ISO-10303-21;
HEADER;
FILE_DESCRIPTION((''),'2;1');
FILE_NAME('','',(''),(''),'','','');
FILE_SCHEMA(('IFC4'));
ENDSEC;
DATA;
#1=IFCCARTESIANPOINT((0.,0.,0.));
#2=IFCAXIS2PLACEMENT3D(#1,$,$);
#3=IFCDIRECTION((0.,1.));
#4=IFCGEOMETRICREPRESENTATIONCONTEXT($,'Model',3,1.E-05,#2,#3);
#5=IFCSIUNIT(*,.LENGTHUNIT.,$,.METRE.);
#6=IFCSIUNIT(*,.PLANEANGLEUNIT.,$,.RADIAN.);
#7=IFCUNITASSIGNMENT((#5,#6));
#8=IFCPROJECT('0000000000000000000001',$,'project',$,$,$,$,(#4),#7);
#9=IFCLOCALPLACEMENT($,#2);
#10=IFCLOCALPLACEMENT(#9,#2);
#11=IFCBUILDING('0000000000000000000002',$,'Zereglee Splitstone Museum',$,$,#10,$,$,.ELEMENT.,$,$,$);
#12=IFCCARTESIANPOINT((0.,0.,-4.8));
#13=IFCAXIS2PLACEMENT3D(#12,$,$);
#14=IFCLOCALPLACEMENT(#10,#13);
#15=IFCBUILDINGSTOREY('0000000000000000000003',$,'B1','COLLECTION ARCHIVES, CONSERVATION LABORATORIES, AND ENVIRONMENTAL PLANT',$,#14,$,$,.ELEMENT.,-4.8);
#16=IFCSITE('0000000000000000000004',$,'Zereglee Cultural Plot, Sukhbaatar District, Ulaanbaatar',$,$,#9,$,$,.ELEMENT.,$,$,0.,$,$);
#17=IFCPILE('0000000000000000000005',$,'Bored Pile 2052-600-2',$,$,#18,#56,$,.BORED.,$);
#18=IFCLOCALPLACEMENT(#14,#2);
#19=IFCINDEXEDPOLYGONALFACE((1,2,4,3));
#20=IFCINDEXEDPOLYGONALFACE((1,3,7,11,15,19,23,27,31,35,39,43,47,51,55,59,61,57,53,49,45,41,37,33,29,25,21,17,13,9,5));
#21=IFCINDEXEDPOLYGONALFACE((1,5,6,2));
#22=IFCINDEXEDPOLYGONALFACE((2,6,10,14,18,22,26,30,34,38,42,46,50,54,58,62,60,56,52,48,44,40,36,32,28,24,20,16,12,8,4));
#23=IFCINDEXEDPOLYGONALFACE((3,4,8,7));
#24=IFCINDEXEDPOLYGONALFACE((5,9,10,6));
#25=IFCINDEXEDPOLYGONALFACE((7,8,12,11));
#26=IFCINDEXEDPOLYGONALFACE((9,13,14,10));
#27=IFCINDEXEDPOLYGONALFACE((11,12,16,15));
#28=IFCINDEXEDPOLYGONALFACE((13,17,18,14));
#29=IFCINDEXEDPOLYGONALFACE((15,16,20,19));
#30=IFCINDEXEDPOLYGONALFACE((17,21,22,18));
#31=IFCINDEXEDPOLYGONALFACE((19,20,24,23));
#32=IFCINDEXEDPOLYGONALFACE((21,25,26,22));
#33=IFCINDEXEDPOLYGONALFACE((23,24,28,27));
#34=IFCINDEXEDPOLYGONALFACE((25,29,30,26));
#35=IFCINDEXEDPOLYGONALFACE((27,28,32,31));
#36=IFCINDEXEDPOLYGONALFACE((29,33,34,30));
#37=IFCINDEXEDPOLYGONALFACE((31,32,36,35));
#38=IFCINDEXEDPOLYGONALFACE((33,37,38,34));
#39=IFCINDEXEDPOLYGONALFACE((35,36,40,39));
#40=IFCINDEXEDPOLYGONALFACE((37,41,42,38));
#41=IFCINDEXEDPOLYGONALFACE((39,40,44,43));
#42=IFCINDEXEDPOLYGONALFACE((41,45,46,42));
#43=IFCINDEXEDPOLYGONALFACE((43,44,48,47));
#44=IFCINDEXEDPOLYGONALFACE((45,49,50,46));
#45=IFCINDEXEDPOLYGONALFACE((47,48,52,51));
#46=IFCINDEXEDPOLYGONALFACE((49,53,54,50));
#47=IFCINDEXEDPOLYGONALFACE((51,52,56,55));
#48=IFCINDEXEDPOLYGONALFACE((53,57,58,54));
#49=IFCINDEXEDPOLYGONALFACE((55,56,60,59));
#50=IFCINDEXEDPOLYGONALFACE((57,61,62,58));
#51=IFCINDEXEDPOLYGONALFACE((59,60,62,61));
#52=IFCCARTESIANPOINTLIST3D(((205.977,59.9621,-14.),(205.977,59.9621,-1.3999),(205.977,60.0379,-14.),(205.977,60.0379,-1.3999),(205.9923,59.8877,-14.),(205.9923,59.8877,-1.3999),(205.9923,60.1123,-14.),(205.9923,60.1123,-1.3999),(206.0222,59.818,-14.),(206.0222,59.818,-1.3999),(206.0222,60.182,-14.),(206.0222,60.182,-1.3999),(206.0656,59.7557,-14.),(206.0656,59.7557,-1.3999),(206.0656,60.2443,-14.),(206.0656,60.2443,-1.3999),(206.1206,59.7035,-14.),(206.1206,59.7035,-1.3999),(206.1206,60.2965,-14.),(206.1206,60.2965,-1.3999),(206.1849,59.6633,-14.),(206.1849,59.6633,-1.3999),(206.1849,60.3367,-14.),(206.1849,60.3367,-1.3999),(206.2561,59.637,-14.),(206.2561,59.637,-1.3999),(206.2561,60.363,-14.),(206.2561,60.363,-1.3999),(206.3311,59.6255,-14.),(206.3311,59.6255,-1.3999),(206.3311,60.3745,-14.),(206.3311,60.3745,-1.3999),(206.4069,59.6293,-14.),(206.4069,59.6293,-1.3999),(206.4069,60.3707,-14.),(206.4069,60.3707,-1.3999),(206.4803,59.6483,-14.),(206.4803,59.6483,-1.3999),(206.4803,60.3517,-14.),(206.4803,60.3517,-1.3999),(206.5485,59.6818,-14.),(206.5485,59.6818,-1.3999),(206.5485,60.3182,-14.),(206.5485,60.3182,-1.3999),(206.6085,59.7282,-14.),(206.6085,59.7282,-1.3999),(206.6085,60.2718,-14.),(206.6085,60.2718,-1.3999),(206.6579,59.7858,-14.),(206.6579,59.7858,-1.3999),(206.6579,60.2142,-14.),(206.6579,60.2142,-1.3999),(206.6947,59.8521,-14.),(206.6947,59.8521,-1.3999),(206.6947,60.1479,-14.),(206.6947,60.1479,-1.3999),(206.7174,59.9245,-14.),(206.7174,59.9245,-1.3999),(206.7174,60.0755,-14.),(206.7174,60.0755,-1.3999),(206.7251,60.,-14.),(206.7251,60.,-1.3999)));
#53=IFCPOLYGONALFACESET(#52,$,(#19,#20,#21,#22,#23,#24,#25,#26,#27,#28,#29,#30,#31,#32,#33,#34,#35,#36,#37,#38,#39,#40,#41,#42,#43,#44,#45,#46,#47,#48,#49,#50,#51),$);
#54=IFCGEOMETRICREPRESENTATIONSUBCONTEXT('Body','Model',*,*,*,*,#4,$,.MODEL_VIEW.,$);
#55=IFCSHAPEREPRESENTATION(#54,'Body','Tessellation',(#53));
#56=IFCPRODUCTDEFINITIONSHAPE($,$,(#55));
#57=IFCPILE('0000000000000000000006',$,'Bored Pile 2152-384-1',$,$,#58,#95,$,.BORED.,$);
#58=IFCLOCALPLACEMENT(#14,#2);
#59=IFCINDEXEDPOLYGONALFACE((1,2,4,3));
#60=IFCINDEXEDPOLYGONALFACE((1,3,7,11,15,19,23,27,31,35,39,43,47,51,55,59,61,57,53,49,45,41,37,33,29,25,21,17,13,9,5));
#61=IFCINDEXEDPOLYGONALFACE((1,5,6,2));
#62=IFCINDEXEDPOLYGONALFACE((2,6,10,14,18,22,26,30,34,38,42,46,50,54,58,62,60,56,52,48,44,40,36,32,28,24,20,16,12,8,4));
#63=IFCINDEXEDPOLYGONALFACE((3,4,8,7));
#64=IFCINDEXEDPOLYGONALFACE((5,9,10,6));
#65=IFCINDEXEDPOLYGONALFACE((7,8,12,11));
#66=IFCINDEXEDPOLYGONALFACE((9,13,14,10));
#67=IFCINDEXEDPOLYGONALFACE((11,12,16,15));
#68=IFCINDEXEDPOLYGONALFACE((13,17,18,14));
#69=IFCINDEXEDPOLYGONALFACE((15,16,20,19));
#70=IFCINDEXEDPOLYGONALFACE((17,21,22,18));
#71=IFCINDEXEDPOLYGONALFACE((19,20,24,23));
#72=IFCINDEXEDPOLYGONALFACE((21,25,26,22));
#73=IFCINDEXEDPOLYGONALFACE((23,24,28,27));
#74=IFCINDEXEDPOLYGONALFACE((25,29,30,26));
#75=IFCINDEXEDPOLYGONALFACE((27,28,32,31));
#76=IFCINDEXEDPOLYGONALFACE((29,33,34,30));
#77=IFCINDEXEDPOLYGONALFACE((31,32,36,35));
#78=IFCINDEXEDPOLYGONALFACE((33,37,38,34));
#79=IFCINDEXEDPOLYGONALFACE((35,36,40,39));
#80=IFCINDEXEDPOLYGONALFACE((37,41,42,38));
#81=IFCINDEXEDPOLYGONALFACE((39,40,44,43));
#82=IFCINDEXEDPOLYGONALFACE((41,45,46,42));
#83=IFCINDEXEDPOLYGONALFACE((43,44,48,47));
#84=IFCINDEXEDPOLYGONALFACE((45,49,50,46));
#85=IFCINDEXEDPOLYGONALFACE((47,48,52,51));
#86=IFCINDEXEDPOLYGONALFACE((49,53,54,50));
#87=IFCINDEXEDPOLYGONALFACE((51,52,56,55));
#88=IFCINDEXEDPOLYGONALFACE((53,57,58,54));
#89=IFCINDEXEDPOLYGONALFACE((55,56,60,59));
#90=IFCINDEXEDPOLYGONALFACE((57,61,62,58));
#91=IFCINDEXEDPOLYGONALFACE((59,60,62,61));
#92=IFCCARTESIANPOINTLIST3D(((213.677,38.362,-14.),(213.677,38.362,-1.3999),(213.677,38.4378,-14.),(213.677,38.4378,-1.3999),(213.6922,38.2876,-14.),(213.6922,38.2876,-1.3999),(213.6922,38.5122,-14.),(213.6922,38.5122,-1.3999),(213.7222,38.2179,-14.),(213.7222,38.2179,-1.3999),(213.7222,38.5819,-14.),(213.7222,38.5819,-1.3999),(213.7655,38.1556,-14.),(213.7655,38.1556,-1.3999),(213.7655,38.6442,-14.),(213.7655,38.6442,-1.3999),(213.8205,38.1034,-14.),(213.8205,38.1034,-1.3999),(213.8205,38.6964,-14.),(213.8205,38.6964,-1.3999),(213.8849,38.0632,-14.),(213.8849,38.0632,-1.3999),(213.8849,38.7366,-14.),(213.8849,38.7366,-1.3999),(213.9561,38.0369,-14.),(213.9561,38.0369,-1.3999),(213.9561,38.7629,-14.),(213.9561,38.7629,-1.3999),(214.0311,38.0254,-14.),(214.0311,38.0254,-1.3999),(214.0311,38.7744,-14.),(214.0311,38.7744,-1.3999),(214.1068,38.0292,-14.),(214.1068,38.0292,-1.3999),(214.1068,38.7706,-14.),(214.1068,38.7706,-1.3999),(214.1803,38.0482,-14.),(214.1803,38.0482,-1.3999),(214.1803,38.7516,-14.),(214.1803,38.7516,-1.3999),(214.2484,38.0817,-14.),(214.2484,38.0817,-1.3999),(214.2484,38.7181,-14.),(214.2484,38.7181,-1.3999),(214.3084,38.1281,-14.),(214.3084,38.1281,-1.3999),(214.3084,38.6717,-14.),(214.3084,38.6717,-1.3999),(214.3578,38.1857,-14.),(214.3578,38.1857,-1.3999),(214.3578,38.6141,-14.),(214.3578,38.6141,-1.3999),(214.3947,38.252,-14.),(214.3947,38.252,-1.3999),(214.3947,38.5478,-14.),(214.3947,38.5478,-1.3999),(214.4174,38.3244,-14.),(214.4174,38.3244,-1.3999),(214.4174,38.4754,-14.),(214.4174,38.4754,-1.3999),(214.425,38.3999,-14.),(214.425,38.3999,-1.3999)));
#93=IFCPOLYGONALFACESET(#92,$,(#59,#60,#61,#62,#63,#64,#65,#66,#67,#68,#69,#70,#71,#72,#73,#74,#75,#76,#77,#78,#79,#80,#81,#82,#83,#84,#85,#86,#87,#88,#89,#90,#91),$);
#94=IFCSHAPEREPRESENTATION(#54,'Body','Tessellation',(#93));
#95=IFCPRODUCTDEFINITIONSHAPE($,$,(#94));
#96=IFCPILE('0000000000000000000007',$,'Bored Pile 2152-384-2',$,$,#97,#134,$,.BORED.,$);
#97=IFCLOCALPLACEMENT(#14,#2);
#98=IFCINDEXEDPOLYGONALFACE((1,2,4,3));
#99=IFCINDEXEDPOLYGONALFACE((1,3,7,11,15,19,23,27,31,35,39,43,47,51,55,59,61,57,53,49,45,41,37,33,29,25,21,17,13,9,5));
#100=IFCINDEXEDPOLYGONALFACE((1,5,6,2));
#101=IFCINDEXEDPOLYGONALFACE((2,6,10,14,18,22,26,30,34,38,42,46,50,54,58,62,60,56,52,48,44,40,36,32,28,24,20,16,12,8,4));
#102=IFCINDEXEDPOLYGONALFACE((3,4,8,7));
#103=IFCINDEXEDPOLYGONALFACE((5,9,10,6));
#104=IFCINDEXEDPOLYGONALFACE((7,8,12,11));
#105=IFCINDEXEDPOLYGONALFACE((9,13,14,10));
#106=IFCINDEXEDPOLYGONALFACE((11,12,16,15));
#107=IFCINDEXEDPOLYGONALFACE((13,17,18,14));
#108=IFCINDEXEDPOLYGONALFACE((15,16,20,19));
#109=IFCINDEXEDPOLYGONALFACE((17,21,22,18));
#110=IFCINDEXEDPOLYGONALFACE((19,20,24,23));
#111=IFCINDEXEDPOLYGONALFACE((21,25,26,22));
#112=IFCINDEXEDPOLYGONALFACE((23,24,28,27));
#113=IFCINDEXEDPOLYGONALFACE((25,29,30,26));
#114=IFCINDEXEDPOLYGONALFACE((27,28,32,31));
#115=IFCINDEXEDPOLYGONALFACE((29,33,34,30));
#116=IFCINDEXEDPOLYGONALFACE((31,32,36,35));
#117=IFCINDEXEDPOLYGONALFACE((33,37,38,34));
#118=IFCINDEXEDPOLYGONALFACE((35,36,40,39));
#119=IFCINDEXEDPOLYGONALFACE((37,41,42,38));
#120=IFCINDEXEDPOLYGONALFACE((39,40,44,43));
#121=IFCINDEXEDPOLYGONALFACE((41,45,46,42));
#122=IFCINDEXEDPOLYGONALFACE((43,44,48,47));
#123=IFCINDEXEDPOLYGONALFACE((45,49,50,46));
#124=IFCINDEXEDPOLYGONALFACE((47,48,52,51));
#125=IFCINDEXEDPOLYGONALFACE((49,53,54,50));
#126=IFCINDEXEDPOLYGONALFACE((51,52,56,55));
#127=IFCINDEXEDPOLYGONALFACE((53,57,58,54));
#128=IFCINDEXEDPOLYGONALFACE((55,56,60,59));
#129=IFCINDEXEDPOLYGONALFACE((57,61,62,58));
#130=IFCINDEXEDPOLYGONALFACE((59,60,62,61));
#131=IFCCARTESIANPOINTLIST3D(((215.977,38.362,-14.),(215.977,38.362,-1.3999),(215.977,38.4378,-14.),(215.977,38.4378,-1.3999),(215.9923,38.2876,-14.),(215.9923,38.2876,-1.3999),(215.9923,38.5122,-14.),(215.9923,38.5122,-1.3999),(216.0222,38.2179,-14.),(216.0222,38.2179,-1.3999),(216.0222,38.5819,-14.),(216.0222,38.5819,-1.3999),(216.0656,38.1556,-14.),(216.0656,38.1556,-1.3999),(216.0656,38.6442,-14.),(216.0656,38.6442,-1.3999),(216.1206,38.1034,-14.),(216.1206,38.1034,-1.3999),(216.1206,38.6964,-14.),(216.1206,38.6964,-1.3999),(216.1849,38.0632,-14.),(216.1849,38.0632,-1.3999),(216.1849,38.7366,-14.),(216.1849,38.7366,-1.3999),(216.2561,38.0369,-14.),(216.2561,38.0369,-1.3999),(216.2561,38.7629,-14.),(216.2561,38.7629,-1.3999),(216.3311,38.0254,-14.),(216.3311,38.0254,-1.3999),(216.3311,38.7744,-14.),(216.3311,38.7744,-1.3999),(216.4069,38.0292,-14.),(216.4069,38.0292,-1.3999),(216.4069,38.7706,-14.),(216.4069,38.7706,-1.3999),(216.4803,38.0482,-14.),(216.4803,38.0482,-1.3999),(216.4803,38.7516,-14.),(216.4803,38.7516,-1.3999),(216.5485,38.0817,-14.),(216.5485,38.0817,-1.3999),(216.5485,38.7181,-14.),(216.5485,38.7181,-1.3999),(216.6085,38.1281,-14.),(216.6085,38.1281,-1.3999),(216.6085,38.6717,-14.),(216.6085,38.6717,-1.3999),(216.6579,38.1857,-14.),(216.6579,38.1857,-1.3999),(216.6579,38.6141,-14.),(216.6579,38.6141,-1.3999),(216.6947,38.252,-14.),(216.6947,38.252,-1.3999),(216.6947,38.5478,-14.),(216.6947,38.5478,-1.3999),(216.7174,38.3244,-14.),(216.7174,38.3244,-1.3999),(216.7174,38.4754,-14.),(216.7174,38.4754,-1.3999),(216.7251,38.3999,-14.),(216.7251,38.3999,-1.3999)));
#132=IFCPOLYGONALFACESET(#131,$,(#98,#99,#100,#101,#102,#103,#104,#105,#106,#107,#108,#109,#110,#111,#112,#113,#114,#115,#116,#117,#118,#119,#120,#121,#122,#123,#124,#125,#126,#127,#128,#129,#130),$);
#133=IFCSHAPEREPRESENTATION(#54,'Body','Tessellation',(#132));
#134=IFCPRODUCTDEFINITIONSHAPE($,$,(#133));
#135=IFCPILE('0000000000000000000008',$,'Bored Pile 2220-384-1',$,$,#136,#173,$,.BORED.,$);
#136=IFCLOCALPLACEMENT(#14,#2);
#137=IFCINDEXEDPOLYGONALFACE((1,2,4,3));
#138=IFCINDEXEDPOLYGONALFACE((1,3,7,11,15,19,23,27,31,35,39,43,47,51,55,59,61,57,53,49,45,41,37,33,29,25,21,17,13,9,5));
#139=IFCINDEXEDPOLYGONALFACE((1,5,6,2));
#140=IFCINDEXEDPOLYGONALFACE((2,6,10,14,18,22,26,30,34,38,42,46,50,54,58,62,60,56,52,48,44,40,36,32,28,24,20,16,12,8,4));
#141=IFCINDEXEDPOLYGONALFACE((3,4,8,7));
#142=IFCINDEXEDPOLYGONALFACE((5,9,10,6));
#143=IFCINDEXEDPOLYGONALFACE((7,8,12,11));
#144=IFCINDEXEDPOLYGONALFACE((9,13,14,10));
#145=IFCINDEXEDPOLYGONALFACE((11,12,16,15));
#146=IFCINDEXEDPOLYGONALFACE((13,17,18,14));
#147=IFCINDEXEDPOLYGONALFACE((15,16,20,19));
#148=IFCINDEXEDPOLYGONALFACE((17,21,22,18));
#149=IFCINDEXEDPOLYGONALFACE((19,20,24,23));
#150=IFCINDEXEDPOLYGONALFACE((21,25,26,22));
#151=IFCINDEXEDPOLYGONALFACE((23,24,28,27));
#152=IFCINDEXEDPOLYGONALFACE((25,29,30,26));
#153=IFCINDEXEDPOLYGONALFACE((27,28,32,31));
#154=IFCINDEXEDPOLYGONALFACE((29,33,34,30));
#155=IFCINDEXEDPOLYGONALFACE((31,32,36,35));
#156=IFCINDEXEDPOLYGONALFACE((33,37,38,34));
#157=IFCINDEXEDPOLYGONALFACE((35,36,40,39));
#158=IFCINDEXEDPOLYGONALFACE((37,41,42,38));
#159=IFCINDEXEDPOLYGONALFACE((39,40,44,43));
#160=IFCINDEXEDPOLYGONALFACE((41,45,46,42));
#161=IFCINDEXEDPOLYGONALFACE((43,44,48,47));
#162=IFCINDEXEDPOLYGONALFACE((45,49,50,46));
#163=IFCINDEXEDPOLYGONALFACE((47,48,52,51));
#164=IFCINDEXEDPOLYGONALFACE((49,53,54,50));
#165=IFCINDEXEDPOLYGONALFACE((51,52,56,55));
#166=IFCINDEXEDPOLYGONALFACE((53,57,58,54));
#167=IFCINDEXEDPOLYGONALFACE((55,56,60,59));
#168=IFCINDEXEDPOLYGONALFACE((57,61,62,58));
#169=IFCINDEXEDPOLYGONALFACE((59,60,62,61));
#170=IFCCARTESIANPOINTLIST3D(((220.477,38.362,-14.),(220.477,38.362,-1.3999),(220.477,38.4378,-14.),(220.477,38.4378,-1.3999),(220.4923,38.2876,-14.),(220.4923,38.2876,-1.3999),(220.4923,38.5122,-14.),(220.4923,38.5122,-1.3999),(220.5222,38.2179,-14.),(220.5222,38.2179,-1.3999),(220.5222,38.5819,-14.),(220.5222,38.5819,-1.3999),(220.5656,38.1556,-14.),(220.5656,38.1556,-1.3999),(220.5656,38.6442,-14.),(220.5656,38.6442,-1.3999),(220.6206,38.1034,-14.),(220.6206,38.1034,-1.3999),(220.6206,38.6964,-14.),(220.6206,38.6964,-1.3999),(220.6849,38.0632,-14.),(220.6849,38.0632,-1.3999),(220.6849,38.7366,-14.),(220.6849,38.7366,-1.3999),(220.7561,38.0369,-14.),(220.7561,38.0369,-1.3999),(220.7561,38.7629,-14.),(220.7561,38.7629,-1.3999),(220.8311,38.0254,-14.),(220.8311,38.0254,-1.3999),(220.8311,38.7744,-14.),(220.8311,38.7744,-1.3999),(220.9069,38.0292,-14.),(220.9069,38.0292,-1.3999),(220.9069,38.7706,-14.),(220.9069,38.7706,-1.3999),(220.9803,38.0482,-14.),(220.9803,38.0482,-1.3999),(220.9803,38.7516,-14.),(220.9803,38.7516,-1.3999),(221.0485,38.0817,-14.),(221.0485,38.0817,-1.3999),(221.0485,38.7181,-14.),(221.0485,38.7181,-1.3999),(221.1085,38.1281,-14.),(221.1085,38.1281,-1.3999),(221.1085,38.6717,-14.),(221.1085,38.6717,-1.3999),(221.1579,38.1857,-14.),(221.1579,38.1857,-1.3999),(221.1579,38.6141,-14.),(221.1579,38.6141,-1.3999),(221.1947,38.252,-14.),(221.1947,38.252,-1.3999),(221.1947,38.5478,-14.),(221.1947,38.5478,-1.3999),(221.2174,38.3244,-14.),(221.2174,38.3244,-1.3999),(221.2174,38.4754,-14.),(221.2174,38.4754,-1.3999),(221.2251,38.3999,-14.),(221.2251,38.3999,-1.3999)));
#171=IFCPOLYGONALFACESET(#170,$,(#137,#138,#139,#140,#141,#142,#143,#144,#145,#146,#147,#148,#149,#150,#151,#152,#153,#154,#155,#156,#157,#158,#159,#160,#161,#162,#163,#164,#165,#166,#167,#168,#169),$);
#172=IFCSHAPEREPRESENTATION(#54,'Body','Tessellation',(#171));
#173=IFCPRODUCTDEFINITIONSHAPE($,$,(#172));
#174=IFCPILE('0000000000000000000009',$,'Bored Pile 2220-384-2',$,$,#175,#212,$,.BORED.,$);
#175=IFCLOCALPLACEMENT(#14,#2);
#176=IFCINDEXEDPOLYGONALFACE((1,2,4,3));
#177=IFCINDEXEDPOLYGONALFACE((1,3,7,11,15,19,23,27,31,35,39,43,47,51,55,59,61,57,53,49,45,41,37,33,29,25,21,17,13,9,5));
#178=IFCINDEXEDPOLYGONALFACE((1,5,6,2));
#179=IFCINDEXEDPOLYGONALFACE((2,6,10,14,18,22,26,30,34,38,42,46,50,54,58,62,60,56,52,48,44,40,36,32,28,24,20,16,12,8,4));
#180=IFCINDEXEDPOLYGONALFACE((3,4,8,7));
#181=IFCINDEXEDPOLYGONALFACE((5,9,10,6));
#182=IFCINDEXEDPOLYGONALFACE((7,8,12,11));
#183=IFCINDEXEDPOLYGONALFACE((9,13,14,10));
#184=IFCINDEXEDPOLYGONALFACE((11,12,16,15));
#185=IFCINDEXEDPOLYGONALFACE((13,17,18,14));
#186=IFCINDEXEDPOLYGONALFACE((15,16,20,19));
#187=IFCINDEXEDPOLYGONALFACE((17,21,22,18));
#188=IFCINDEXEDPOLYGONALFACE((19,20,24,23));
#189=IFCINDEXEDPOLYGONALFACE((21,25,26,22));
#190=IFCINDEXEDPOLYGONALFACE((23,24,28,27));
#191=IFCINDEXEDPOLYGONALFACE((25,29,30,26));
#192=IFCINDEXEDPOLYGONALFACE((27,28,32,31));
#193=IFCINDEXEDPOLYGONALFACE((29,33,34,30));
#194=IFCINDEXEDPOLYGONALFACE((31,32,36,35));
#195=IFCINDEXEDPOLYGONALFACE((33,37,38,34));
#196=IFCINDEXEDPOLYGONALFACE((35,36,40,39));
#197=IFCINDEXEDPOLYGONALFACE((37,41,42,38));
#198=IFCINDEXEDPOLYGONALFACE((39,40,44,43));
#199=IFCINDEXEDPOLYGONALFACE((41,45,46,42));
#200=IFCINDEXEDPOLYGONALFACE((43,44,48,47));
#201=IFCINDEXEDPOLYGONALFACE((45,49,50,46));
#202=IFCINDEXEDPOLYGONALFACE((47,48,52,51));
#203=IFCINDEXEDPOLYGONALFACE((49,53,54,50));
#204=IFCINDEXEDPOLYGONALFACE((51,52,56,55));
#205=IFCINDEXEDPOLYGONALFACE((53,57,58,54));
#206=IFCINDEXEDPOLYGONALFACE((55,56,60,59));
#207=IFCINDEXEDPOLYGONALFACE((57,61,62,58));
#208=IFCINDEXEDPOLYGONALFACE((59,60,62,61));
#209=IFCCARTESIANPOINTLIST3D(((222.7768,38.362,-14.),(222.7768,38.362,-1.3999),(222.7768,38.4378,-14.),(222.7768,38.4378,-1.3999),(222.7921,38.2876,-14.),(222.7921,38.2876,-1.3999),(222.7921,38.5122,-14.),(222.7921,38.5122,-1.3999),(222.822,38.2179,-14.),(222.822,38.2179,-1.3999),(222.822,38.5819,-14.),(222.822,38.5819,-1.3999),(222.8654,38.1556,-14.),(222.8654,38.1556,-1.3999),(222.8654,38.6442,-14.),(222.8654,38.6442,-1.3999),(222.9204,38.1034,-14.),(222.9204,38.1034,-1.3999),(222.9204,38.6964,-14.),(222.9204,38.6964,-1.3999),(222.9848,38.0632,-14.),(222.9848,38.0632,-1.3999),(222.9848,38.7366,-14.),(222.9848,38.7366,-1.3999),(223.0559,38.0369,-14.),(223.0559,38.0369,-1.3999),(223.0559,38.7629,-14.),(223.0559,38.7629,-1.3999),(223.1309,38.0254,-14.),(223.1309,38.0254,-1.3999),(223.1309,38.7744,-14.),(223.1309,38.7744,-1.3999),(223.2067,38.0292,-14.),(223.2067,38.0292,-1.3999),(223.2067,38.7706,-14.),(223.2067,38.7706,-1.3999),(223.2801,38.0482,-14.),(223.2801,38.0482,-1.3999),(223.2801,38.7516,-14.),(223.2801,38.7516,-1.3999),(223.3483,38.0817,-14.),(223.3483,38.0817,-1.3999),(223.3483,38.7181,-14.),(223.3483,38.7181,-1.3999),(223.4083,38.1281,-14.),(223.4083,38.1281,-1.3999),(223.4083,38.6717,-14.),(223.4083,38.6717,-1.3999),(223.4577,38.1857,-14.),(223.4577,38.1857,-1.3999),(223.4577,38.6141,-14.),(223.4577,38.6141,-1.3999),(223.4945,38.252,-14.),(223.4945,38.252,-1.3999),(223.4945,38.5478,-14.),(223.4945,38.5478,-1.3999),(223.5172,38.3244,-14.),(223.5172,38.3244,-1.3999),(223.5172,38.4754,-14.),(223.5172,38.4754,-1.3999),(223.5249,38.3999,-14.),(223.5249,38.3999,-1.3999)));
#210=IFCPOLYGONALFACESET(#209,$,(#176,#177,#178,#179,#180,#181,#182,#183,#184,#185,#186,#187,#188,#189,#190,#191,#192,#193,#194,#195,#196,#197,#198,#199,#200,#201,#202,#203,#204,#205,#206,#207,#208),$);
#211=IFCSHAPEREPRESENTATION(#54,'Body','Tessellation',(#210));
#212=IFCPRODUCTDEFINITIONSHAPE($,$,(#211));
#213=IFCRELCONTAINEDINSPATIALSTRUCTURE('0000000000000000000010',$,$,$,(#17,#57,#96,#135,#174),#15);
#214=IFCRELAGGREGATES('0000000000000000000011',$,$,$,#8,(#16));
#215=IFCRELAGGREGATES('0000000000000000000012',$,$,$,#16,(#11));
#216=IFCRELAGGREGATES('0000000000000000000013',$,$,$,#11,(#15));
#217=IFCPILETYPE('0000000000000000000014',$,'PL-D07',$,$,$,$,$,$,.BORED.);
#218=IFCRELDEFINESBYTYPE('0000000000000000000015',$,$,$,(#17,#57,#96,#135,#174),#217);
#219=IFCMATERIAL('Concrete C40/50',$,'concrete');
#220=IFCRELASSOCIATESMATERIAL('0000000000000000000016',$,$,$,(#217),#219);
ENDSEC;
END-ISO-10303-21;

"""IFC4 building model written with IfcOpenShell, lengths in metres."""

from ifc_helpers import new_model, si_unit, direction, frame, origin, origin_2d, place, context, subcontext, project, spatial, circle, extrude, material, material_profile, profile_set, type_object, element, save


model = new_model("IFC4")

# Units and contexts
model_context = context("Model", 3, precision=1e-05, world=origin(), true_north=direction((0.0, 1.0)))
body_context = subcontext(model_context, "Body", "Model", "MODEL_VIEW")
ifc_project = project(units=[si_unit("LENGTHUNIT", "METRE"), si_unit("PLANEANGLEUNIT", "RADIAN")], contexts=[model_context])

# Site, building, storey
site_placement = place(None, origin())
site = spatial("IfcSite", under=ifc_project, at=site_placement, Name="Zereglee Cultural Plot, Sukhbaatar District, Ulaanbaatar", CompositionType="ELEMENT", RefElevation=0.0)
building_placement = place(site_placement, origin())
building = spatial("IfcBuilding", under=site, at=building_placement, Name="Zereglee Splitstone Museum", CompositionType="ELEMENT")
storey_placement = place(building_placement, frame((0.0, 0.0, -4.8)))
storey = spatial("IfcBuildingStorey", under=building, at=storey_placement, Name="B1", Description="COLLECTION ARCHIVES, CONSERVATION LABORATORIES, AND ENVIRONMENTAL PLANT", CompositionType="ELEMENT", Elevation=-4.8)

# Shared definitions
ifc_material_1 = material(Name="Concrete C40/50", Category="concrete")

# Piles
ifc_material_profile_1 = material_profile(ifc_material_1, circle(Radius=0.375, at=origin_2d()), Name="PILE D750")
ifc_profile_set_1 = profile_set([ifc_material_profile_1], Name="Concrete C40/50")
pile_type = type_object("IfcPileType", Name="PL-D07", PredefinedType="BORED", material=ifc_profile_set_1)
for number, where, z_axis, x_axis, name in (
    (1, (206.3501, 60.0, -1.3999), (0.0, 0.0, -1.0), (1.0, 0.0, 0.0), "Bored Pile 2052-600-2"),
    (2, (214.05, 38.3999, -1.3999), (0.0, 0.0, -1.0), (1.0, 0.0, 0.0), "Bored Pile 2152-384-1"),
    (3, (216.3501, 38.3999, -1.3999), (0.0, 0.0, -1.0), (1.0, 0.0, 0.0), "Bored Pile 2152-384-2"),
    (4, (220.8501, 38.3999, -1.3999), (0.0, 0.0, -1.0), (1.0, 0.0, 0.0), "Bored Pile 2220-384-1"),
    (5, (223.1499, 38.3999, -1.3999), (0.0, 0.0, -1.0), (1.0, 0.0, 0.0), "Bored Pile 2220-384-2"),
):
    element("IfcPile", number, at=place(storey_placement, frame(where, z_axis=z_axis, x_axis=x_axis)), inside=storey, type_object=pile_type, Name=name, PredefinedType="BORED", context=body_context, shape_type="SweptSolid", body=[
        extrude(circle(Radius=0.375, at=origin_2d()), origin(), (0.0, 0.0, 1.0), 12.6001),
    ])

save(model, "model.ifc")
